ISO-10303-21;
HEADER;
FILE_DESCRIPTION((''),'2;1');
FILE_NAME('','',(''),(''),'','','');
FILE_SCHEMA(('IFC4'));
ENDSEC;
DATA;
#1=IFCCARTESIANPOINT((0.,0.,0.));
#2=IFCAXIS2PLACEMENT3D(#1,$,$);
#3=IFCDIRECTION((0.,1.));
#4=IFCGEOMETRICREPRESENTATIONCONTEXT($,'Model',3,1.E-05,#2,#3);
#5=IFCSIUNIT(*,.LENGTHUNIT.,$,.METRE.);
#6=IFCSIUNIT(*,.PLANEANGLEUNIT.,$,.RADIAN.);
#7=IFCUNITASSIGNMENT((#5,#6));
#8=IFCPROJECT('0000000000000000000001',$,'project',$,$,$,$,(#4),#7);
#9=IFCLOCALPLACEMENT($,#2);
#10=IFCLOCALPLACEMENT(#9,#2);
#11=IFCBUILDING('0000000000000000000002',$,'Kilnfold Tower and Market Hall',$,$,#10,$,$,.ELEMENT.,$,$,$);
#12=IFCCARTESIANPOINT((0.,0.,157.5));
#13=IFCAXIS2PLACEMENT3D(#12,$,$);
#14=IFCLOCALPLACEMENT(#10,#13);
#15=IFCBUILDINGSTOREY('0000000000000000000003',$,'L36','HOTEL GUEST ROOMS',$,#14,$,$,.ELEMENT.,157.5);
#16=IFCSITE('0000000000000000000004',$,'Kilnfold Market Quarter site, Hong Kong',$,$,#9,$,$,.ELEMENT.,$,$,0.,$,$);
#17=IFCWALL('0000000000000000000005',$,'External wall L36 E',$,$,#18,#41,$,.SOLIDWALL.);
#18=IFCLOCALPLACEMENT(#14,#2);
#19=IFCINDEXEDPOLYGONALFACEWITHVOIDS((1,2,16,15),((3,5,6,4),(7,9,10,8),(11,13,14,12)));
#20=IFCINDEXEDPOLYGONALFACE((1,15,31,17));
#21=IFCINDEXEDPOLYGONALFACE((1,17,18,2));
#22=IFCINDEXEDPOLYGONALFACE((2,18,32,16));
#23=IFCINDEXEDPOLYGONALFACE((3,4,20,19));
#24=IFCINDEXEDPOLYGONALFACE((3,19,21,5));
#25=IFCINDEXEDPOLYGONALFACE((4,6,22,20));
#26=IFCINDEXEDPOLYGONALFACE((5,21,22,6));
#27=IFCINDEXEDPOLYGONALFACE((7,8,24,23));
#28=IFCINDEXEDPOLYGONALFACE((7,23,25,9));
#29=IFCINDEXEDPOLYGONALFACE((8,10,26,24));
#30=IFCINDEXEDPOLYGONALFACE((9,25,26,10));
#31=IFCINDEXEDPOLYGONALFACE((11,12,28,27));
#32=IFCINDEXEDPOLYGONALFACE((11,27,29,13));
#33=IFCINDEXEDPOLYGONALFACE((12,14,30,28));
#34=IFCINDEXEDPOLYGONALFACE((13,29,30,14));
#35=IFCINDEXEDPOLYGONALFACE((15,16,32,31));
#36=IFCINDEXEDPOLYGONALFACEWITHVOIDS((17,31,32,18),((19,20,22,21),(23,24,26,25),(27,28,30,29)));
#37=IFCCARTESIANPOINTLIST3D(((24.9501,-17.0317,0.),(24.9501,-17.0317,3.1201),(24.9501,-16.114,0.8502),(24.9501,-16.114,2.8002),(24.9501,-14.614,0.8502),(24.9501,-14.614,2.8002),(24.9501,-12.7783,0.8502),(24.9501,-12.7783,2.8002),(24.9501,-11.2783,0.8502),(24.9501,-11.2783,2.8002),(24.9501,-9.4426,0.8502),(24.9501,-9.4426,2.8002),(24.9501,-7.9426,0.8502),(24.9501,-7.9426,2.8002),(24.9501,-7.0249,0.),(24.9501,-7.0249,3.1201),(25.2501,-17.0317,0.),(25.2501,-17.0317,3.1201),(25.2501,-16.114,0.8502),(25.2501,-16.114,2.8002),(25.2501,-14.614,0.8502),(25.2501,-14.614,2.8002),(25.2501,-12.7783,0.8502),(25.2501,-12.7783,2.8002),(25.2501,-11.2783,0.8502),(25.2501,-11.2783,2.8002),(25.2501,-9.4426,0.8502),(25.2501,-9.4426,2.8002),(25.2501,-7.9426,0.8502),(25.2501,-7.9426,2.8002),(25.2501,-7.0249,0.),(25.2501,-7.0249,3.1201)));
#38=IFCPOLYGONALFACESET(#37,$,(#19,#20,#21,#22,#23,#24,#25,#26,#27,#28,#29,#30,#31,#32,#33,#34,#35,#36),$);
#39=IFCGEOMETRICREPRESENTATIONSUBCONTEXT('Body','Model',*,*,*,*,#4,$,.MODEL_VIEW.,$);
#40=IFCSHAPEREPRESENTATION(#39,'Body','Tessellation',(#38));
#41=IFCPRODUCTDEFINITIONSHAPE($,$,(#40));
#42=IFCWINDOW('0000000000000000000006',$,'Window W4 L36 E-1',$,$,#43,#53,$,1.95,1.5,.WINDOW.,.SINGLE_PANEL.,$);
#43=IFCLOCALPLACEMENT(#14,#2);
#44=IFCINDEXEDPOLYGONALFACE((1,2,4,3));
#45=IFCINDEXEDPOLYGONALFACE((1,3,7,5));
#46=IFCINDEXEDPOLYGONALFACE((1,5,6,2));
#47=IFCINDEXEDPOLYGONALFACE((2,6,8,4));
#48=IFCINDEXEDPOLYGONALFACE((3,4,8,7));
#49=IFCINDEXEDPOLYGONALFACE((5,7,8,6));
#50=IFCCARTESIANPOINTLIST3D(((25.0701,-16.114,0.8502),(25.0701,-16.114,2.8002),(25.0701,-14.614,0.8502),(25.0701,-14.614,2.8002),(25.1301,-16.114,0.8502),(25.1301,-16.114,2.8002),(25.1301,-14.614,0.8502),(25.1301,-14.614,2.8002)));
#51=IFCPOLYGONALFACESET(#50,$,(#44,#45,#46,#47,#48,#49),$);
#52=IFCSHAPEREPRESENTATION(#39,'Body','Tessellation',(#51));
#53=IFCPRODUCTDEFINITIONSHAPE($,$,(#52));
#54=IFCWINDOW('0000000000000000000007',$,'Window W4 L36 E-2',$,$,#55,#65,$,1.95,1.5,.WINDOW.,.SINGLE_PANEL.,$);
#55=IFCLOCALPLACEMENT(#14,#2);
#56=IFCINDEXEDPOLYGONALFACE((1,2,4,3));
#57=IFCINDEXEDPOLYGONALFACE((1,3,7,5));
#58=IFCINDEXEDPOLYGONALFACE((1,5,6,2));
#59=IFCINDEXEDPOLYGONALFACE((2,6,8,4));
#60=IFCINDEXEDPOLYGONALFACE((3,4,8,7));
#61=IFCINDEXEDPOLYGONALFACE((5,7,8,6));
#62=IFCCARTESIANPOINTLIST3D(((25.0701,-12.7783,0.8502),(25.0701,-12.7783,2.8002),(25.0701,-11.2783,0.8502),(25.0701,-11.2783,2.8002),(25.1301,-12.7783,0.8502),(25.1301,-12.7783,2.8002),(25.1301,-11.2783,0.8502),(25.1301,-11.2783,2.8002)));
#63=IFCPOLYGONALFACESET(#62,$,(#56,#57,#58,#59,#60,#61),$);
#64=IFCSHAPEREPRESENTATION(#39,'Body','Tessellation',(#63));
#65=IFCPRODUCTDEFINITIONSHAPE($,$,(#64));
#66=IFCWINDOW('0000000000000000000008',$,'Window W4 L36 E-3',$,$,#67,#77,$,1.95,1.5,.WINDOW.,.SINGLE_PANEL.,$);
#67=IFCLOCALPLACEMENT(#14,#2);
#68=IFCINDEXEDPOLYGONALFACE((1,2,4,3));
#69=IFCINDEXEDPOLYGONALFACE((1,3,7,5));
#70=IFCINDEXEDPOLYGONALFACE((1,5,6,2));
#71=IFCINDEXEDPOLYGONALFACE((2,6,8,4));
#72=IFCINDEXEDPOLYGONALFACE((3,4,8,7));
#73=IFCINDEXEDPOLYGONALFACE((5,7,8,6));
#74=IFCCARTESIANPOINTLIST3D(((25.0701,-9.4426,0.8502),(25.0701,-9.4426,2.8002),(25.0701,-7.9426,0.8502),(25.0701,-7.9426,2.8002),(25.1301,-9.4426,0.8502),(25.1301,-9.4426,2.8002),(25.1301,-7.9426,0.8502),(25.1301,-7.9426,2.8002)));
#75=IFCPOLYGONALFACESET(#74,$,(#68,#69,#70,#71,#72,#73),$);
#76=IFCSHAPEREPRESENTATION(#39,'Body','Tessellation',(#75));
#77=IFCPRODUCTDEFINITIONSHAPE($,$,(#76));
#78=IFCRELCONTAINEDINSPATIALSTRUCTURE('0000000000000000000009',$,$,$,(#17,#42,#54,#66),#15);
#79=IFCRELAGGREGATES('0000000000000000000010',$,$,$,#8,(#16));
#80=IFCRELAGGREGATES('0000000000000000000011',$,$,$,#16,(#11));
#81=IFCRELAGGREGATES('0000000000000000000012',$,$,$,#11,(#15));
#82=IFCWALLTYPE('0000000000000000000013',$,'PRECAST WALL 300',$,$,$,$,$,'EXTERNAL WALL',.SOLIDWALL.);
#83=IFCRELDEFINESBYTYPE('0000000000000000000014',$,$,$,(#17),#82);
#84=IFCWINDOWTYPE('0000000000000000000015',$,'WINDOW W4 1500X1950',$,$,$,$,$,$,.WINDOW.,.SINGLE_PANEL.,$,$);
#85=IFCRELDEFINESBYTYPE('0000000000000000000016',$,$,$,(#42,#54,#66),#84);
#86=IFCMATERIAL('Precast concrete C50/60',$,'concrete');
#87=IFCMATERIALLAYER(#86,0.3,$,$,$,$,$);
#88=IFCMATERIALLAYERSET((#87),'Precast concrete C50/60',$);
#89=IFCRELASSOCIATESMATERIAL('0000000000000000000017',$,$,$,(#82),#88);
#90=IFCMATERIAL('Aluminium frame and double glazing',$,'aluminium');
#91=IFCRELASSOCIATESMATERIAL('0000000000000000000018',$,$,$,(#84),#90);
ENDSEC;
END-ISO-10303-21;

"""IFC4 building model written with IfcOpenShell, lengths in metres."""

from ifc_helpers import new_model, si_unit, direction, frame, frame_2d, origin, place, context, subcontext, project, spatial, rectangle, extrude, source, transform, mapped, material, layer, layer_set, type_object, element, fill, save


model = new_model("IFC4")

# Units and contexts
model_context = context("Model", 3, precision=1e-05, world=origin(), true_north=direction((0.0, 1.0)))
body_context = subcontext(model_context, "Body", "Model", "MODEL_VIEW")
ifc_project = project(units=[si_unit("LENGTHUNIT", "METRE"), si_unit("PLANEANGLEUNIT", "RADIAN")], contexts=[model_context])

# Site, building, storey
site_placement = place(None, origin())
site = spatial("IfcSite", under=ifc_project, at=site_placement, Name="Kilnfold Market Quarter site, Hong Kong", CompositionType="ELEMENT", RefElevation=0.0)
building_placement = place(site_placement, origin())
building = spatial("IfcBuilding", under=site, at=building_placement, Name="Kilnfold Tower and Market Hall", CompositionType="ELEMENT")
storey_placement = place(building_placement, frame((0.0, 0.0, 157.5)))
storey = spatial("IfcBuildingStorey", under=building, at=storey_placement, Name="L36", Description="HOTEL GUEST ROOMS", CompositionType="ELEMENT", Elevation=157.5)

# Shared definitions
ifc_material_1 = material(Name="Precast concrete C50/60", Category="concrete")
ifc_layer_1 = layer(ifc_material_1, 0.3)
ifc_layer_set_1 = layer_set([ifc_layer_1], Name="Precast concrete C50/60")
wall_type_1 = type_object("IfcWallType", Name="PRECAST WALL 300", ElementType="EXTERNAL WALL", PredefinedType="SOLIDWALL", material=ifc_layer_set_1)
ifc_material_2 = material(Name="Aluminium frame and double glazing", Category="aluminium")
window_type = type_object("IfcWindowType", Name="WINDOW W4 1500X1950", PartitioningType="SINGLE_PANEL", PredefinedType="WINDOW", material=ifc_material_2)

# Wall, openings, windows
shared_shape_1 = source(origin(), body_context, "Body", "SweptSolid", [
    extrude(rectangle(XDim=10.0068, YDim=0.3, at=frame_2d((5.0034, 0.0))), origin(), (0.0, 0.0, 1.0), 3.1201),
])
wall_1_placement = place(storey_placement, frame((25.1001, -17.0317, 0.0), z_axis=(0.0, 0.0, 1.0), x_axis=(0.0, 1.0, 0.0)))
wall_1 = element("IfcWall", 1, at=wall_1_placement, inside=storey, type_object=wall_type_1, Name="External wall L36 E", PredefinedType="SOLIDWALL", context=body_context, shape_type="MappedRepresentation", body=[
    mapped(shared_shape_1, transform((0.0, 0.0, 0.0))),
])
opening_1_placement = place(wall_1_placement, frame((0.9177, 0.0, 0.8501)))
opening_1 = element("IfcOpeningElement", 2, at=opening_1_placement, cuts=wall_1, PredefinedType="OPENING", context=body_context, shape_type="SweptSolid", body=[
    extrude(rectangle(XDim=1.5, YDim=1.95, at=frame_2d((0.75, 0.9751))), frame((0.0, 0.1602, 0.0), z_axis=(0.0, -1.0, 0.0), x_axis=(1.0, 0.0, 0.0)), (0.0, 0.0, 1.0), 0.3201),
])
opening_2_placement = place(wall_1_placement, frame((4.2534, 0.0, 0.8501)))
opening_2 = element("IfcOpeningElement", 3, at=opening_2_placement, cuts=wall_1, PredefinedType="OPENING", context=body_context, shape_type="SweptSolid", body=[
    extrude(rectangle(XDim=1.5, YDim=1.95, at=frame_2d((0.75, 0.9751))), frame((0.0, 0.1602, 0.0), z_axis=(0.0, -1.0, 0.0), x_axis=(1.0, 0.0, 0.0)), (0.0, 0.0, 1.0), 0.3201),
])
opening_3_placement = place(wall_1_placement, frame((7.5891, 0.0, 0.8501)))
opening_3 = element("IfcOpeningElement", 4, at=opening_3_placement, cuts=wall_1, PredefinedType="OPENING", context=body_context, shape_type="SweptSolid", body=[
    extrude(rectangle(XDim=1.5, YDim=1.95, at=frame_2d((0.75, 0.9751))), frame((0.0, 0.1602, 0.0), z_axis=(0.0, -1.0, 0.0), x_axis=(1.0, 0.0, 0.0)), (0.0, 0.0, 1.0), 0.3201),
])
window_1_placement = place(opening_1_placement, origin())
window_1 = element("IfcWindow", 5, at=window_1_placement, inside=storey, type_object=window_type, Name="Window W4 L36 E-1", OverallHeight=1.95, OverallWidth=1.5, PartitioningType="SINGLE_PANEL", PredefinedType="WINDOW", context=body_context, shape_type="SweptSolid", body=[
    extrude(rectangle(XDim=1.5, YDim=1.95, at=frame_2d((0.75, 0.9751))), frame((0.0, 0.03, 0.0), z_axis=(0.0, -1.0, 0.0), x_axis=(1.0, 0.0, 0.0)), (0.0, 0.0, 1.0), 0.0601),
])
fill(opening_1, window_1)
window_2_placement = place(opening_2_placement, origin())
window_2 = element("IfcWindow", 6, at=window_2_placement, inside=storey, type_object=window_type, Name="Window W4 L36 E-2", OverallHeight=1.95, OverallWidth=1.5, PartitioningType="SINGLE_PANEL", PredefinedType="WINDOW", context=body_context, shape_type="SweptSolid", body=[
    extrude(rectangle(XDim=1.5, YDim=1.95, at=frame_2d((0.75, 0.9751))), frame((0.0, 0.03, 0.0), z_axis=(0.0, -1.0, 0.0), x_axis=(1.0, 0.0, 0.0)), (0.0, 0.0, 1.0), 0.0601),
])
fill(opening_2, window_2)
window_3_placement = place(opening_3_placement, origin())
window_3 = element("IfcWindow", 7, at=window_3_placement, inside=storey, type_object=window_type, Name="Window W4 L36 E-3", OverallHeight=1.95, OverallWidth=1.5, PartitioningType="SINGLE_PANEL", PredefinedType="WINDOW", context=body_context, shape_type="SweptSolid", body=[
    extrude(rectangle(XDim=1.5, YDim=1.95, at=frame_2d((0.75, 0.9751))), frame((0.0, 0.03, 0.0), z_axis=(0.0, -1.0, 0.0), x_axis=(1.0, 0.0, 0.0)), (0.0, 0.0, 1.0), 0.0601),
])
fill(opening_3, window_3)

save(model, "model.ifc")
